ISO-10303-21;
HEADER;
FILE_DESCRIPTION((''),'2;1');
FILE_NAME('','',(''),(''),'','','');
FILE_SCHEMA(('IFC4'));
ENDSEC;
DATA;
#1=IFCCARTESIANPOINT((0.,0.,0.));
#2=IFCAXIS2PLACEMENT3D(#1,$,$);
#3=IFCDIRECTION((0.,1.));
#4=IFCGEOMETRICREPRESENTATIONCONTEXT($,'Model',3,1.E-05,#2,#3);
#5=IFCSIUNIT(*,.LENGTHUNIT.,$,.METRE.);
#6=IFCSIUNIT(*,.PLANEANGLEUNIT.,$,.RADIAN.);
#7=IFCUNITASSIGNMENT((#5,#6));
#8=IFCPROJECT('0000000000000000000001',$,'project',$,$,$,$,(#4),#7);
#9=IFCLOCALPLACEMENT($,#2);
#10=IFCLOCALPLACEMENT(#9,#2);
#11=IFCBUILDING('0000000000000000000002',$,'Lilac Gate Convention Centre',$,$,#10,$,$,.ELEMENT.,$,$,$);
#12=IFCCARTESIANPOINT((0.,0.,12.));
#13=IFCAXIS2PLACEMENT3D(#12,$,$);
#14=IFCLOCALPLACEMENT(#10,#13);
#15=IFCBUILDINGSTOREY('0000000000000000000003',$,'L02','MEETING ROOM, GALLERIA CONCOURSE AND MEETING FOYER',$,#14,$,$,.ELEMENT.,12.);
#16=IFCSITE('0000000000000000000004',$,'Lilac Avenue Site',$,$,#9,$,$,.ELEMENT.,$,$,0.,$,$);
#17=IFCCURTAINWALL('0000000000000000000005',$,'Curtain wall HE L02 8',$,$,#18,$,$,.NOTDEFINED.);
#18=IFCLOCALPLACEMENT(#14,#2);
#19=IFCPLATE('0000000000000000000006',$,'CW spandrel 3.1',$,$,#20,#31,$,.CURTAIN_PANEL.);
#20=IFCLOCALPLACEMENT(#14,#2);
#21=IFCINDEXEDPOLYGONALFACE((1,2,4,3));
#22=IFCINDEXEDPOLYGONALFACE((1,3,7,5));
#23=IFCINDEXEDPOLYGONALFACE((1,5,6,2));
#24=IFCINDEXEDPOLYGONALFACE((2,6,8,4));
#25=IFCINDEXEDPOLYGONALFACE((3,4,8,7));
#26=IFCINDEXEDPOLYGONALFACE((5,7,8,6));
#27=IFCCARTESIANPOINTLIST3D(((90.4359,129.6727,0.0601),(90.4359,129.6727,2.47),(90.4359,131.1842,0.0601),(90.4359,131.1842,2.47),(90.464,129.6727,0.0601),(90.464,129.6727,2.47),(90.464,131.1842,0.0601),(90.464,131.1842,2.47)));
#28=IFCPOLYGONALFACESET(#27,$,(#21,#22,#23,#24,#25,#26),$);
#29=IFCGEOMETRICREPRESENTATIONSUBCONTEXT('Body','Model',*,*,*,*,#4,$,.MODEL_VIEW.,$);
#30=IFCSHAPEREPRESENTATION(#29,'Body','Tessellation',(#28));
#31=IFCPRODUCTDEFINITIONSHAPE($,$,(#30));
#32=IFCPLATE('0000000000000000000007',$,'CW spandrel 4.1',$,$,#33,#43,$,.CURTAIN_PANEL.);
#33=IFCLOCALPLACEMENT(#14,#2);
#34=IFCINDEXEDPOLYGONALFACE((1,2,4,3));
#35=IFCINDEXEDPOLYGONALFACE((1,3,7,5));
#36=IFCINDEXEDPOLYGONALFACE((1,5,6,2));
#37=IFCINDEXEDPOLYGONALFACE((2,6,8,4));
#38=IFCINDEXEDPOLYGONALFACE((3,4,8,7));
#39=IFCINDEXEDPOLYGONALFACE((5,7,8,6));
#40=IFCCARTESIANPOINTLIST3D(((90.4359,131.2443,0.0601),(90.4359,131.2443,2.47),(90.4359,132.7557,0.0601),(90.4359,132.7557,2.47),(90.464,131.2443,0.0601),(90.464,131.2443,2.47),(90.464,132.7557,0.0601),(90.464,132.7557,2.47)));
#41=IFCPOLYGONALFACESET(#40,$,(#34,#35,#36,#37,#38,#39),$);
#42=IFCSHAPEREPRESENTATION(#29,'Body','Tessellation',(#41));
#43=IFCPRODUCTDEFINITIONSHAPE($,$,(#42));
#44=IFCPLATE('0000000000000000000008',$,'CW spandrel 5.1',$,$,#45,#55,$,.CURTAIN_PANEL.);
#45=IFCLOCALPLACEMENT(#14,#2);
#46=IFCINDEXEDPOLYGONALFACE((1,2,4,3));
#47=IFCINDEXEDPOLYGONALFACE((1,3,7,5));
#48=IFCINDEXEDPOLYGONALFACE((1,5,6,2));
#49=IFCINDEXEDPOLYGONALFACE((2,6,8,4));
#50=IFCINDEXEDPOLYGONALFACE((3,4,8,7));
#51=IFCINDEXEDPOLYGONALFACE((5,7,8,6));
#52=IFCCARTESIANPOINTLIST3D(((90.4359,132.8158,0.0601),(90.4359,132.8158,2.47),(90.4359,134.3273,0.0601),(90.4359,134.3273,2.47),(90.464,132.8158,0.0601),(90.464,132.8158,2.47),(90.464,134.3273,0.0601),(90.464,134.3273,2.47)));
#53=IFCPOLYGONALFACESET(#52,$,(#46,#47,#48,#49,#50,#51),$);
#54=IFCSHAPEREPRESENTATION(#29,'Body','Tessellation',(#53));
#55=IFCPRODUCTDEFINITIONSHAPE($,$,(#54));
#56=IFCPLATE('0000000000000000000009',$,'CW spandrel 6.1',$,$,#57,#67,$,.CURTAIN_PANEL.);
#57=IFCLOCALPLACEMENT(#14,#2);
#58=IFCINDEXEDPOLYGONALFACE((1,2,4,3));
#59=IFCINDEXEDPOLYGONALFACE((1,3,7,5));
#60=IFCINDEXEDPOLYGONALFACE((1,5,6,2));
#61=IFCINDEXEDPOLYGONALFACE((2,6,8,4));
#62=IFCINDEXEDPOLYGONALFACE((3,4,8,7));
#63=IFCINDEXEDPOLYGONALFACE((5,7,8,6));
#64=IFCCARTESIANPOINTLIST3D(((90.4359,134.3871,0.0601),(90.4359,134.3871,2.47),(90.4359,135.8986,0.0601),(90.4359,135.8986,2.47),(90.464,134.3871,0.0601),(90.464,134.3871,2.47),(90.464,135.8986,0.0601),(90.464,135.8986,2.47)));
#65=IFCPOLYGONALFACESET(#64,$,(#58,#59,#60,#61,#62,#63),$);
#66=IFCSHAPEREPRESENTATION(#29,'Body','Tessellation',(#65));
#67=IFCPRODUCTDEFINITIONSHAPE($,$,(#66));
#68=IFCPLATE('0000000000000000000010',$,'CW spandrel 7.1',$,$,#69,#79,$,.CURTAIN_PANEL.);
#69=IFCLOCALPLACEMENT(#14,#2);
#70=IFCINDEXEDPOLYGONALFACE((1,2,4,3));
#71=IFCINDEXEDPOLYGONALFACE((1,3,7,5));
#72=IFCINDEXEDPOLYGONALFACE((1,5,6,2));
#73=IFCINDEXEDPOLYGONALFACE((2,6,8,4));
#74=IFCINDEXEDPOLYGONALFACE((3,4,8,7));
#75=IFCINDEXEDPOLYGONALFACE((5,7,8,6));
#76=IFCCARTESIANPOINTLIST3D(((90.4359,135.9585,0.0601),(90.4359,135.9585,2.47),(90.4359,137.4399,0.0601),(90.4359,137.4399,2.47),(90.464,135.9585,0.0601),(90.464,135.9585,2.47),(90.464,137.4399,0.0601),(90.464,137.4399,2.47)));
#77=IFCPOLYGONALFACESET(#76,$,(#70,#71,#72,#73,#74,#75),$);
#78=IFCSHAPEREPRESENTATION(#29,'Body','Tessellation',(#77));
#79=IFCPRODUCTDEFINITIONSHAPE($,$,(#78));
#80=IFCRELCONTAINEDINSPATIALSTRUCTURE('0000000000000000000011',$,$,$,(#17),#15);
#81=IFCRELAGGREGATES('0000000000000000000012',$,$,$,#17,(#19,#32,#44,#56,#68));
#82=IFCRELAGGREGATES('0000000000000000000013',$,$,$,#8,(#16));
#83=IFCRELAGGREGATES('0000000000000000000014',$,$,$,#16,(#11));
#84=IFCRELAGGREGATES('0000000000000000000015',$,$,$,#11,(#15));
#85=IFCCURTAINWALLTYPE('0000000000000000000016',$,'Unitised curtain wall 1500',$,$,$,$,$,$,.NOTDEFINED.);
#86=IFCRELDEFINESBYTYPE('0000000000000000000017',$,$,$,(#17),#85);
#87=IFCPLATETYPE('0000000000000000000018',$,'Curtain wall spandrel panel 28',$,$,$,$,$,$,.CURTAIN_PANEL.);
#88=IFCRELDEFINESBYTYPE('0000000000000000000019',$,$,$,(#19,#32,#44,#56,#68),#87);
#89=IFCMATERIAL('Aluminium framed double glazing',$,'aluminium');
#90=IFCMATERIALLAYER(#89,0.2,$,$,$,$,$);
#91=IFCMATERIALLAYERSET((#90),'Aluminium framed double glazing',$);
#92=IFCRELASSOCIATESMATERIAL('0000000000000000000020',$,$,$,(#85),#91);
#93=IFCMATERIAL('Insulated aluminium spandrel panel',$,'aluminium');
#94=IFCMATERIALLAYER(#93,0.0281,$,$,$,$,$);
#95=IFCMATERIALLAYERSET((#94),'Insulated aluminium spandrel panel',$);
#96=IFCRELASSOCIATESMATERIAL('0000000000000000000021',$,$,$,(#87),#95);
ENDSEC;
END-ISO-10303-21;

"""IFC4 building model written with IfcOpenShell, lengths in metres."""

from ifc_helpers import new_model, si_unit, direction, frame, origin, origin_2d, place, context, subcontext, project, spatial, rectangle, extrude, material, layer, layer_set, type_object, element, aggregate, save


model = new_model("IFC4")

# Units and contexts
model_context = context("Model", 3, precision=1e-05, world=origin(), true_north=direction((0.0, 1.0)))
body_context = subcontext(model_context, "Body", "Model", "MODEL_VIEW")
ifc_project = project(units=[si_unit("LENGTHUNIT", "METRE"), si_unit("PLANEANGLEUNIT", "RADIAN")], contexts=[model_context])

# Site, building, storey
site_placement = place(None, origin())
site = spatial("IfcSite", under=ifc_project, at=site_placement, Name="Lilac Avenue Site", CompositionType="ELEMENT", RefElevation=0.0)
building_placement = place(site_placement, origin())
building = spatial("IfcBuilding", under=site, at=building_placement, Name="Lilac Gate Convention Centre", CompositionType="ELEMENT")
storey_placement = place(building_placement, frame((0.0, 0.0, 12.0)))
storey = spatial("IfcBuildingStorey", under=building, at=storey_placement, Name="L02", Description="MEETING ROOM, GALLERIA CONCOURSE AND MEETING FOYER", CompositionType="ELEMENT", Elevation=12.0)

# Curtain wall, plates
ifc_material_1 = material(Name="Aluminium framed double glazing", Category="aluminium")
ifc_layer_1 = layer(ifc_material_1, 0.2)
ifc_layer_set_1 = layer_set([ifc_layer_1], Name="Aluminium framed double glazing")
curtain_wall_type = type_object("IfcCurtainWallType", Name="Unitised curtain wall 1500", PredefinedType="NOTDEFINED", material=ifc_layer_set_1)
curtain_wall_placement = place(storey_placement, origin())
curtain_wall = element("IfcCurtainWall", 1, at=curtain_wall_placement, inside=storey, type_object=curtain_wall_type, Name="Curtain wall HE L02 8", PredefinedType="NOTDEFINED")
ifc_material_2 = material(Name="Insulated aluminium spandrel panel", Category="aluminium")
ifc_layer_2 = layer(ifc_material_2, 0.0281)
ifc_layer_set_2 = layer_set([ifc_layer_2], Name="Insulated aluminium spandrel panel")
plate_type_1 = type_object("IfcPlateType", Name="Curtain wall spandrel panel 28", PredefinedType="CURTAIN_PANEL", material=ifc_layer_set_2)
plate_1_placement = place(storey_placement, frame((90.45, 130.4285, 0.0601), z_axis=(0.0, 0.0, 1.0), x_axis=(0.0, 1.0, 0.0)))
plate_1 = element("IfcPlate", 2, at=plate_1_placement, type_object=plate_type_1, Name="CW spandrel 3.1", PredefinedType="CURTAIN_PANEL", context=body_context, shape_type="SweptSolid", body=[
    extrude(rectangle(XDim=1.5115, YDim=0.0281, at=origin_2d()), origin(), (0.0, 0.0, 1.0), 2.4099),
])
plate_2_placement = place(storey_placement, frame((90.45, 132.0, 0.0601), z_axis=(0.0, 0.0, 1.0), x_axis=(0.0, 1.0, 0.0)))
plate_2 = element("IfcPlate", 3, at=plate_2_placement, type_object=plate_type_1, Name="CW spandrel 4.1", PredefinedType="CURTAIN_PANEL", context=body_context, shape_type="SweptSolid", body=[
    extrude(rectangle(XDim=1.5115, YDim=0.0281, at=origin_2d()), origin(), (0.0, 0.0, 1.0), 2.4099),
])
plate_3_placement = place(storey_placement, frame((90.45, 133.5715, 0.0601), z_axis=(0.0, 0.0, 1.0), x_axis=(0.0, 1.0, 0.0)))
plate_3 = element("IfcPlate", 4, at=plate_3_placement, type_object=plate_type_1, Name="CW spandrel 5.1", PredefinedType="CURTAIN_PANEL", context=body_context, shape_type="SweptSolid", body=[
    extrude(rectangle(XDim=1.5115, YDim=0.0281, at=origin_2d()), origin(), (0.0, 0.0, 1.0), 2.4099),
])
plate_4_placement = place(storey_placement, frame((90.45, 135.1428, 0.0601), z_axis=(0.0, 0.0, 1.0), x_axis=(0.0, 1.0, 0.0)))
plate_4 = element("IfcPlate", 5, at=plate_4_placement, type_object=plate_type_1, Name="CW spandrel 6.1", PredefinedType="CURTAIN_PANEL", context=body_context, shape_type="SweptSolid", body=[
    extrude(rectangle(XDim=1.5115, YDim=0.0281, at=origin_2d()), origin(), (0.0, 0.0, 1.0), 2.4099),
])
plate_5_placement = place(storey_placement, frame((90.45, 136.6992, 0.0601), z_axis=(0.0, 0.0, 1.0), x_axis=(0.0, 1.0, 0.0)))
plate_5 = element("IfcPlate", 6, at=plate_5_placement, type_object=plate_type_1, Name="CW spandrel 7.1", PredefinedType="CURTAIN_PANEL", context=body_context, shape_type="SweptSolid", body=[
    extrude(rectangle(XDim=1.4814, YDim=0.0281, at=origin_2d()), origin(), (0.0, 0.0, 1.0), 2.4099),
])
aggregate(curtain_wall, [plate_1, plate_2, plate_3, plate_4, plate_5])

save(model, "model.ifc")
